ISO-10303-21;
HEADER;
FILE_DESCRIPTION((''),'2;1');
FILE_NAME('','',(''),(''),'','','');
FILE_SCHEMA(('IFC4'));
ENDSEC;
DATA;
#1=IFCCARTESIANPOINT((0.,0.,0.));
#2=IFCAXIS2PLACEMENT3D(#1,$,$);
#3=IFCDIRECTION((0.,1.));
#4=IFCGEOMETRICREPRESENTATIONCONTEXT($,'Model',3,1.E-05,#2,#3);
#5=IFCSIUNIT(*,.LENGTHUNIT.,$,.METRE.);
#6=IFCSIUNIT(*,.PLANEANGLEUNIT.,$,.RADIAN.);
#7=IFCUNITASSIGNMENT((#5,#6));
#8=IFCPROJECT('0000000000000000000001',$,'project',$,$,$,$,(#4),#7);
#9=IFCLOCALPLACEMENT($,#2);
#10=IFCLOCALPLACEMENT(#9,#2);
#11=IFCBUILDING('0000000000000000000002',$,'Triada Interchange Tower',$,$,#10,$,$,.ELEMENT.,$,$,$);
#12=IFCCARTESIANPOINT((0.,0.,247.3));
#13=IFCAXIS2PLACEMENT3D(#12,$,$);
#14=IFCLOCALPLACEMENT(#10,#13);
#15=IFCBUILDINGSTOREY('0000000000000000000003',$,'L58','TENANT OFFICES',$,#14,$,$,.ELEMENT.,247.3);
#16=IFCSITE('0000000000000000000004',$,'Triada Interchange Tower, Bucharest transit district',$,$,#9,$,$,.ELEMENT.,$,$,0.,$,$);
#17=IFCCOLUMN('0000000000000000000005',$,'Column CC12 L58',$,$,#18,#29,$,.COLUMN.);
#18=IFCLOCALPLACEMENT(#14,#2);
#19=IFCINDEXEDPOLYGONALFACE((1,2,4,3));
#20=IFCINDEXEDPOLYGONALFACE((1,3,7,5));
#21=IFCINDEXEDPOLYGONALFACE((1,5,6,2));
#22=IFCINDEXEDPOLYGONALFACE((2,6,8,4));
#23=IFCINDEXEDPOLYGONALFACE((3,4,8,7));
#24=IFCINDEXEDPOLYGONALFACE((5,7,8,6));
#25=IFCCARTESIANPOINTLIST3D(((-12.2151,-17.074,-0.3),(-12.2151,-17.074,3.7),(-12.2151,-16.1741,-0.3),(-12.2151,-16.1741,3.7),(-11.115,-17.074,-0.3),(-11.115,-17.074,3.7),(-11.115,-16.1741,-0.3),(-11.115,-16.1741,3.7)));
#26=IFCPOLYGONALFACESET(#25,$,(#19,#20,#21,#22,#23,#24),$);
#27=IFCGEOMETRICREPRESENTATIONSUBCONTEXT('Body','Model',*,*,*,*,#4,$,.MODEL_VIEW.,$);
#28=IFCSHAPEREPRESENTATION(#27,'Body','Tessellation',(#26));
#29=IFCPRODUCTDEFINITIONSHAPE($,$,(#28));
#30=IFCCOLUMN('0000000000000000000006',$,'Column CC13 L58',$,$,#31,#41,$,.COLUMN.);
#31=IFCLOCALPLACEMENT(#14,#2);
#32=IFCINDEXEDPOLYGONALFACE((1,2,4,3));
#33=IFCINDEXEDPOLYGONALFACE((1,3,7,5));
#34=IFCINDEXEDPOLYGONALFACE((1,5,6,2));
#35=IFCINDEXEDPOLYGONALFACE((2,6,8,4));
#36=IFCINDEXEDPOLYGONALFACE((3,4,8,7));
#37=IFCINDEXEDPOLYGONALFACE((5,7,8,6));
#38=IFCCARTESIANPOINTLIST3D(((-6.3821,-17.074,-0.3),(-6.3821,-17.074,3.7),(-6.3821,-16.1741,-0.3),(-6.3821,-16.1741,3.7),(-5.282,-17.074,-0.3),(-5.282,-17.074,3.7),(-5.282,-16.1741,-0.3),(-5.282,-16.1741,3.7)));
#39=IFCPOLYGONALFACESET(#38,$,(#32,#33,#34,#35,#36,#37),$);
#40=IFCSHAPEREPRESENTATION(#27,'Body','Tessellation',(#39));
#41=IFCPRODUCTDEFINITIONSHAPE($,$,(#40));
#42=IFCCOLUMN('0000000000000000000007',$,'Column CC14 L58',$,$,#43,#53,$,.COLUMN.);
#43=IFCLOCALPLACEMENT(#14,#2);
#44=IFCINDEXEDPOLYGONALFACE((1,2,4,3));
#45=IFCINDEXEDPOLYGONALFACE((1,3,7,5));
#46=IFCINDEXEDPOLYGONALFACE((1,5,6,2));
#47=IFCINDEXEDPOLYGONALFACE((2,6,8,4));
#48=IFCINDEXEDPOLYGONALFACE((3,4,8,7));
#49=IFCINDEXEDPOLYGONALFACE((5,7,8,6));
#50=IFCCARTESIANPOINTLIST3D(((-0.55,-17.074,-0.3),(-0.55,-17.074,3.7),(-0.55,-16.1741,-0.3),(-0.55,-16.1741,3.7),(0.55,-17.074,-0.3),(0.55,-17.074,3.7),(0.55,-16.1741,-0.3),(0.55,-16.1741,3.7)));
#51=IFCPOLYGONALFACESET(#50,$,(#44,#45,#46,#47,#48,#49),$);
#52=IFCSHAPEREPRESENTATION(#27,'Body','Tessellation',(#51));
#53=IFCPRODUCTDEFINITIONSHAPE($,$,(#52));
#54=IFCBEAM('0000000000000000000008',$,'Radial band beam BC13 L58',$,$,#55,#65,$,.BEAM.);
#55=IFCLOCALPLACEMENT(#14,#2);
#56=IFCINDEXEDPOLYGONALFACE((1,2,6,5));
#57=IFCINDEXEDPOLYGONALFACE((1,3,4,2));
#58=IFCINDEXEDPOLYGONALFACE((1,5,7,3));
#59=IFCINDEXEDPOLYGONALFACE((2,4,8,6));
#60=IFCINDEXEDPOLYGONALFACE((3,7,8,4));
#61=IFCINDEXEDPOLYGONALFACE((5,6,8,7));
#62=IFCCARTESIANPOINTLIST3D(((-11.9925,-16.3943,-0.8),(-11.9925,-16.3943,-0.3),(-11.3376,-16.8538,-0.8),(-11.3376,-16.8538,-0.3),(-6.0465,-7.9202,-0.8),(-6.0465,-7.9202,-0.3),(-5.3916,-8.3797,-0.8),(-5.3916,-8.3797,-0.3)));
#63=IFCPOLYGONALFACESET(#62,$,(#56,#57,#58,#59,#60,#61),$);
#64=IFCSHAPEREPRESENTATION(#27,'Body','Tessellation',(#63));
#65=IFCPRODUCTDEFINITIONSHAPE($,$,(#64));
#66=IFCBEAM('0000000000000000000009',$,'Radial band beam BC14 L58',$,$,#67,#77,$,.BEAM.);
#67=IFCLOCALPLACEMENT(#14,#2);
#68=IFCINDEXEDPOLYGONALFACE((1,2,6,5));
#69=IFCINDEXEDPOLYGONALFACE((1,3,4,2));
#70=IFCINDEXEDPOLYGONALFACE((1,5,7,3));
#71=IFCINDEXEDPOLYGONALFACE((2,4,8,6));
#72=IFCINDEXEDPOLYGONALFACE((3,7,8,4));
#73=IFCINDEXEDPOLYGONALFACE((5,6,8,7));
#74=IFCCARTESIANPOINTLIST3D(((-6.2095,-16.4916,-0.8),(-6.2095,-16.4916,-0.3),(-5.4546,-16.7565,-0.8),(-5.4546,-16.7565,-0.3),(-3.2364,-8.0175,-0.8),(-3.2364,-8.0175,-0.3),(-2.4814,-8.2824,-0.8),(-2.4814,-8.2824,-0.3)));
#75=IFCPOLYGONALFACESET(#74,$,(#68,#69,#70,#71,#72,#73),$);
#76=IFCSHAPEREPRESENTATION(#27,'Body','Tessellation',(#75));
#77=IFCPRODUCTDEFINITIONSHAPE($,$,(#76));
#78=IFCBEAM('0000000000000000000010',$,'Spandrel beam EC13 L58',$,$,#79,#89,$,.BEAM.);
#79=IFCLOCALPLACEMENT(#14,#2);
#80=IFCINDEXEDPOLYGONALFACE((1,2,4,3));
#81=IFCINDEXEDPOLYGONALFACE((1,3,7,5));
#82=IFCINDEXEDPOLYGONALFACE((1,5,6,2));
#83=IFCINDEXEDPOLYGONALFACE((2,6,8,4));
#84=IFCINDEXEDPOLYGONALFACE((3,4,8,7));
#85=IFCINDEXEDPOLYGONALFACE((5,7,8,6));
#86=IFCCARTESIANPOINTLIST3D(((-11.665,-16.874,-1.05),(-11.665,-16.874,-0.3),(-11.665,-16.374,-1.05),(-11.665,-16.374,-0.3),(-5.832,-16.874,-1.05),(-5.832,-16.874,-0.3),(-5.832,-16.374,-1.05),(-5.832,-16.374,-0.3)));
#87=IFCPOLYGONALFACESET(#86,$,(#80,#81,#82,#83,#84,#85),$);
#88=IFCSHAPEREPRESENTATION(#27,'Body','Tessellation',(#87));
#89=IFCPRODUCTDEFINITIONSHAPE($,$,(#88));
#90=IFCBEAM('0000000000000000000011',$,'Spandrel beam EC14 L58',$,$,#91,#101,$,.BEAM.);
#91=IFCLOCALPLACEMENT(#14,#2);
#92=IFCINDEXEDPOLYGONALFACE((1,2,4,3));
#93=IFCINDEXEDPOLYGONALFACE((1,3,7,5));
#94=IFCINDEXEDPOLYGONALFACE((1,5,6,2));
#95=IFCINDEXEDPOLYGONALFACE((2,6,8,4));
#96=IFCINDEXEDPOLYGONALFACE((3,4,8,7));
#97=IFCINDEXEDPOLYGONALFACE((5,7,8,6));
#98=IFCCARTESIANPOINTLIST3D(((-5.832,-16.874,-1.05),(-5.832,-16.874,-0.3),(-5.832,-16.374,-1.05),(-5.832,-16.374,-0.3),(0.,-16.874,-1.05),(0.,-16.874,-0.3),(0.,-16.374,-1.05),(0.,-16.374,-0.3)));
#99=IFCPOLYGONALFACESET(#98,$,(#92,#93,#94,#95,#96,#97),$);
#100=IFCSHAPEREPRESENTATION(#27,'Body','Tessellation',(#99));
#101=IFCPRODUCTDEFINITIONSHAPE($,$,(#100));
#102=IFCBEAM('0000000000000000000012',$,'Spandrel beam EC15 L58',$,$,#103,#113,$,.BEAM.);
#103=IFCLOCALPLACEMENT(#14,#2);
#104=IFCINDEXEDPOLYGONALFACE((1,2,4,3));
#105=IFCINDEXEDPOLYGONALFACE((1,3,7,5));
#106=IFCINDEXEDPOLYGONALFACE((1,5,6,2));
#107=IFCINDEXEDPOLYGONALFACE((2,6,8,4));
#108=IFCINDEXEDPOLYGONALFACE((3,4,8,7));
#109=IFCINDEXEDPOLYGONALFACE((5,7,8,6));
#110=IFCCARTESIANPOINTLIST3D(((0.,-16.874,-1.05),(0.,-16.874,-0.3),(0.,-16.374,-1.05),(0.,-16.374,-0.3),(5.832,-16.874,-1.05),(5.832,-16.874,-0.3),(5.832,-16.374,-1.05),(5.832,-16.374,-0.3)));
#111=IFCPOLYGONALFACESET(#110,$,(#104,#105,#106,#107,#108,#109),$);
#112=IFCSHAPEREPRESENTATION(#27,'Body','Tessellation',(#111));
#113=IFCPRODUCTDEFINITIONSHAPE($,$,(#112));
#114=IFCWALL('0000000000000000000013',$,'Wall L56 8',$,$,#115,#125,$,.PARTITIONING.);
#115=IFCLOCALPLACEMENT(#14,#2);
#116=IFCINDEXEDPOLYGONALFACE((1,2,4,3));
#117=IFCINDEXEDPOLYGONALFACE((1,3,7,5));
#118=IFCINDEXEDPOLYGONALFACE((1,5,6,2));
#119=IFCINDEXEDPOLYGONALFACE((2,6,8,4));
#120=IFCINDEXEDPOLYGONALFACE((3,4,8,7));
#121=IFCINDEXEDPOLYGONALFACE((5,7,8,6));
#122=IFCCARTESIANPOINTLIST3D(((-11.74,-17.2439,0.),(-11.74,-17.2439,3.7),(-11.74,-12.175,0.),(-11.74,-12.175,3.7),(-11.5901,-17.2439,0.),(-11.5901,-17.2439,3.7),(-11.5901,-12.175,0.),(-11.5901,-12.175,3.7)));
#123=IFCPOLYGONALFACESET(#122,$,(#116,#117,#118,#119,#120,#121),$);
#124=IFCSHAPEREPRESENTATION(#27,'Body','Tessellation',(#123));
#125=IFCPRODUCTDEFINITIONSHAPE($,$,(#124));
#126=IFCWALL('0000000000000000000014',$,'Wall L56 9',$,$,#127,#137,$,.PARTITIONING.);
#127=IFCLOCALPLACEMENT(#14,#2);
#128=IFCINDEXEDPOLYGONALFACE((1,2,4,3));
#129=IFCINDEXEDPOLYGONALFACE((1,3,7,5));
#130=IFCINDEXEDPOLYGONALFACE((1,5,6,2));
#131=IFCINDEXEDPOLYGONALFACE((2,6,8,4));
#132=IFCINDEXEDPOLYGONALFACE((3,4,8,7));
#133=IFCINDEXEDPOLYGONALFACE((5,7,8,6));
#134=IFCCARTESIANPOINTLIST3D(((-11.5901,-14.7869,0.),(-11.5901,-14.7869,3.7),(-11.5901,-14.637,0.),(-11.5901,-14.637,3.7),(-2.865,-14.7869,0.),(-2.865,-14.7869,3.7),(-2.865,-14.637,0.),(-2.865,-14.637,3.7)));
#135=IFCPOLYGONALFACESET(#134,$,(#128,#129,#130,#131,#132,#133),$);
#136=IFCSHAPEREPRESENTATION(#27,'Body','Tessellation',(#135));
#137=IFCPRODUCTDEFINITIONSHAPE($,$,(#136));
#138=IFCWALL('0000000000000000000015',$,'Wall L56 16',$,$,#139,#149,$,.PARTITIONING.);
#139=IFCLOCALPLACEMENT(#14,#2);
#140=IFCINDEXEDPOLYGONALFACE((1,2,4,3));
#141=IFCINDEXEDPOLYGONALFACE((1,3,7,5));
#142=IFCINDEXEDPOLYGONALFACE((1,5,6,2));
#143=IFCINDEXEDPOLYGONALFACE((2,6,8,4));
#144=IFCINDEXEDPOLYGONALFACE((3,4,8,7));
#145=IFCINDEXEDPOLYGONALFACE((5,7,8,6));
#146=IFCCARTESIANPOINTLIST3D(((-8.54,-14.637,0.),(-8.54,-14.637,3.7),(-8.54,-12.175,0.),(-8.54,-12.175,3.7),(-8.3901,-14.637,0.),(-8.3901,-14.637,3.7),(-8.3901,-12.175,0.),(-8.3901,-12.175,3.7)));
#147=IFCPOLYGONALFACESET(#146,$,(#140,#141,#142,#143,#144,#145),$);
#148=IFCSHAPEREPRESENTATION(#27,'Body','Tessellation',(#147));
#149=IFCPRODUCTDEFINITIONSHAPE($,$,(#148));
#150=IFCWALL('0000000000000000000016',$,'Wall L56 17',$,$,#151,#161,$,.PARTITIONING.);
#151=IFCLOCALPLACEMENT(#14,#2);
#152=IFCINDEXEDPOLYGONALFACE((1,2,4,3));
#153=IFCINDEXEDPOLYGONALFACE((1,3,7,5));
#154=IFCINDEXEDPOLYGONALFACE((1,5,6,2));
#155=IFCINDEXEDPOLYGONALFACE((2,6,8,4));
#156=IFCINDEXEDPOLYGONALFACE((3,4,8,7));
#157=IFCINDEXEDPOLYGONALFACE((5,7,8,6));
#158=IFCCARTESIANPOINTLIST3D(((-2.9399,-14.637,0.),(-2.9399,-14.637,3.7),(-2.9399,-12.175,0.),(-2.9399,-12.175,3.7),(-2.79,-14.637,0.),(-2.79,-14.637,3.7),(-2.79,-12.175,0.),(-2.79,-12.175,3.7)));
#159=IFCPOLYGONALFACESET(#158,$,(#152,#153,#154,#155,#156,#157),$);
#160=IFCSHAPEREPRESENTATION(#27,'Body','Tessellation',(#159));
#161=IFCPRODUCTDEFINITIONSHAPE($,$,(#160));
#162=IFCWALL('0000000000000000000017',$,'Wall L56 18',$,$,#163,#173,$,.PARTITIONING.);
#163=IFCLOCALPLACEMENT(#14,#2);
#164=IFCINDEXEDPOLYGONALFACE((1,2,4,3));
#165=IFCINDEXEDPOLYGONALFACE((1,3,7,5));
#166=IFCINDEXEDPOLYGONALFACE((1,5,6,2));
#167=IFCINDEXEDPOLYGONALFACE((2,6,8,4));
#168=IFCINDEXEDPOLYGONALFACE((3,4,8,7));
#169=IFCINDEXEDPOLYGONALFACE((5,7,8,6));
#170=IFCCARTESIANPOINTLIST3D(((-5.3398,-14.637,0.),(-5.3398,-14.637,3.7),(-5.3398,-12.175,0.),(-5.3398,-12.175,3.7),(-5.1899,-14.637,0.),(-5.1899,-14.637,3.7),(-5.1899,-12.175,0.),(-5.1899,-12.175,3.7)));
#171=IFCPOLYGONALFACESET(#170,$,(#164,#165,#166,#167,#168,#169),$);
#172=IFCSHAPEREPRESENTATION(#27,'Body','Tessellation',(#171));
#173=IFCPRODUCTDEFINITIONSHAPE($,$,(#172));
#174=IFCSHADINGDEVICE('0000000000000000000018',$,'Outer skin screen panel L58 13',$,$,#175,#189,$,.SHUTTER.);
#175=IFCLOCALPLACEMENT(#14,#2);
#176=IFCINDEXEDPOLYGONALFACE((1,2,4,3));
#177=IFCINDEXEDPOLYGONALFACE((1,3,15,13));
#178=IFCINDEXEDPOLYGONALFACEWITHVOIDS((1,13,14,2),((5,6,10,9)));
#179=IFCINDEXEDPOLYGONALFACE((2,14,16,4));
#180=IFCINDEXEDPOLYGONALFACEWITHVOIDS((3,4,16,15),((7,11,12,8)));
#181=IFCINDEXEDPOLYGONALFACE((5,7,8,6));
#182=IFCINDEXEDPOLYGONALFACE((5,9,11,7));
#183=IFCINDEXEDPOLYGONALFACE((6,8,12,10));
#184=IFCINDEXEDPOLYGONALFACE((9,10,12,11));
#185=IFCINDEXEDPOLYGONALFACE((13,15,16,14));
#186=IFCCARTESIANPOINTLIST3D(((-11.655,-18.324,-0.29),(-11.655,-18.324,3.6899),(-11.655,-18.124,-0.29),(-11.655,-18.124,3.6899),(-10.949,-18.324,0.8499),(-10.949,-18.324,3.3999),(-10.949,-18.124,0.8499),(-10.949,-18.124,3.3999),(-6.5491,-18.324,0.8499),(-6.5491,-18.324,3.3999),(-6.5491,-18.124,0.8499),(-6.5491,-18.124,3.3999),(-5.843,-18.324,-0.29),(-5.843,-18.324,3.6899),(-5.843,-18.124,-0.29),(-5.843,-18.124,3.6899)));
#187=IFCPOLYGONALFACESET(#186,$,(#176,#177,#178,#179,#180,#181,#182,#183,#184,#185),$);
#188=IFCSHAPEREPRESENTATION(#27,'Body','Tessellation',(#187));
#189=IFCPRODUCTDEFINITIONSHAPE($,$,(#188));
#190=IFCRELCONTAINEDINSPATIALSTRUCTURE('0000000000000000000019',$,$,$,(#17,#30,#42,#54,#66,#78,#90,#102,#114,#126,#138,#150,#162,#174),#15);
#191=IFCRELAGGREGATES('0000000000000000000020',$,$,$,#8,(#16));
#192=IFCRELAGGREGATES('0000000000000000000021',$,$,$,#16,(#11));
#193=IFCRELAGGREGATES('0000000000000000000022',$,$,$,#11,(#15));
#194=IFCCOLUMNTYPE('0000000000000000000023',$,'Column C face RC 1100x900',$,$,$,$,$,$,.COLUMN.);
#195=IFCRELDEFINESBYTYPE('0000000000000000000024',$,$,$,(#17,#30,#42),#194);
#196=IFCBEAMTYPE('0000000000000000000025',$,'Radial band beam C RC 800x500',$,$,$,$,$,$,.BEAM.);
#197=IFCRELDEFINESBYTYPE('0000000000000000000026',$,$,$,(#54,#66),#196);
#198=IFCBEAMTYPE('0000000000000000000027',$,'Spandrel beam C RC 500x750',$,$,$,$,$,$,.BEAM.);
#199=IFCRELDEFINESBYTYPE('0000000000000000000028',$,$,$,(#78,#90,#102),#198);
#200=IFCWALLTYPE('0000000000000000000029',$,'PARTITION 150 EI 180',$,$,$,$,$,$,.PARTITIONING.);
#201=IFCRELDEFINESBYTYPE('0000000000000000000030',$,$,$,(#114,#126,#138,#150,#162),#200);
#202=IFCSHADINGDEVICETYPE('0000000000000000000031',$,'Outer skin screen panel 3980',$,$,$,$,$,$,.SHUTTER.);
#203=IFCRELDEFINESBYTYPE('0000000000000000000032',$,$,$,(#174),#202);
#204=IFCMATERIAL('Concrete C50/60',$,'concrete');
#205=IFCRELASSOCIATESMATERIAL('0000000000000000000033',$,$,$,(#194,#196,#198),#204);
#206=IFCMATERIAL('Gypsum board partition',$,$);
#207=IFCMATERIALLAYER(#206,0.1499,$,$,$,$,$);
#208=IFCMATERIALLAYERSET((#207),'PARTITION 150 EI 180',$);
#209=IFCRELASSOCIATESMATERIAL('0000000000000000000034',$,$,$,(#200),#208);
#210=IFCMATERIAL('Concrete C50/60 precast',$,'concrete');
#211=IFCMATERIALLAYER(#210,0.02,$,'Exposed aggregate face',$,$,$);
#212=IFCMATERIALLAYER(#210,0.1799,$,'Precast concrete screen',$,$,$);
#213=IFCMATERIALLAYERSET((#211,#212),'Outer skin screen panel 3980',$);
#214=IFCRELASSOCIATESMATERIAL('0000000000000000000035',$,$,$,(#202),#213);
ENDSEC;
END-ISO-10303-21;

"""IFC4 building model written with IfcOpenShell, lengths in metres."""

from ifc_helpers import new_model, si_unit, direction, frame, frame_2d, origin, origin_2d, place, context, subcontext, project, spatial, polyline, rectangle, outline, extrude, material, layer, layer_set, material_profile, profile_set, type_object, element, save


model = new_model("IFC4")

# Units and contexts
model_context = context("Model", 3, precision=1e-05, world=origin(), true_north=direction((0.0, 1.0)))
body_context = subcontext(model_context, "Body", "Model", "MODEL_VIEW")
ifc_project = project(units=[si_unit("LENGTHUNIT", "METRE"), si_unit("PLANEANGLEUNIT", "RADIAN")], contexts=[model_context])

# Site, building, storey
site_placement = place(None, origin())
site = spatial("IfcSite", under=ifc_project, at=site_placement, Name="Triada Interchange Tower, Bucharest transit district", CompositionType="ELEMENT", RefElevation=0.0)
building_placement = place(site_placement, origin())
building = spatial("IfcBuilding", under=site, at=building_placement, Name="Triada Interchange Tower", CompositionType="ELEMENT")
storey_placement = place(building_placement, frame((0.0, 0.0, 247.3)))
storey = spatial("IfcBuildingStorey", under=building, at=storey_placement, Name="L58", Description="TENANT OFFICES", CompositionType="ELEMENT", Elevation=247.3)

# Columns
ifc_material_1 = material(Name="Concrete C50/60", Category="concrete")
ifc_material_profile_1 = material_profile(ifc_material_1, rectangle(XDim=1.1001, YDim=0.8999, at=origin_2d()), Name="RC 1100x900")
ifc_profile_set_1 = profile_set([ifc_material_profile_1], Name="Concrete C50/60")
column_type = type_object("IfcColumnType", Name="Column C face RC 1100x900", PredefinedType="COLUMN", material=ifc_profile_set_1)
for number, where, z_axis, x_axis, name in (
    (1, (-11.665, -16.624, -0.3), (0.0, 0.0, 1.0), (1.0, 0.0, 0.0), "Column CC12 L58"),
    (2, (-5.832, -16.624, -0.3), (0.0, 0.0, 1.0), (1.0, 0.0, 0.0), "Column CC13 L58"),
    (3, (0.0, -16.624, -0.3), (0.0, 0.0, 1.0), (1.0, 0.0, 0.0), "Column CC14 L58"),
):
    element("IfcColumn", number, at=place(storey_placement, frame(where, z_axis=z_axis, x_axis=x_axis)), inside=storey, type_object=column_type, Name=name, PredefinedType="COLUMN", context=body_context, shape_type="SweptSolid", body=[
        extrude(rectangle(XDim=1.1001, YDim=0.8999, at=origin_2d()), origin(), (0.0, 0.0, 1.0), 4.0),
    ])

# Beams
ifc_material_profile_2 = material_profile(ifc_material_1, rectangle(XDim=0.8, YDim=0.5, at=origin_2d()), Name="RC 800x500")
ifc_profile_set_2 = profile_set([ifc_material_profile_2], Name="Concrete C50/60")
beam_type_1 = type_object("IfcBeamType", Name="Radial band beam C RC 800x500", PredefinedType="BEAM", material=ifc_profile_set_2)
beam_1_placement = place(storey_placement, frame((-11.665, -16.624, -0.55), z_axis=(0.57438, 0.818589, 0.0), x_axis=(-0.818589, 0.57438, 0.0)))
element("IfcBeam", 4, at=beam_1_placement, inside=storey, type_object=beam_type_1, Name="Radial band beam BC13 L58", PredefinedType="BEAM", context=body_context, shape_type="SweptSolid", body=[
    extrude(rectangle(XDim=0.8, YDim=0.5, at=origin_2d()), origin(), (0.0, 0.0, 1.0), 10.3521),
])
beam_2_placement = place(storey_placement, frame((-5.832, -16.624, -0.55), z_axis=(0.331065, 0.943608, 0.0), x_axis=(-0.943608, 0.331065, 0.0)))
element("IfcBeam", 5, at=beam_2_placement, inside=storey, type_object=beam_type_1, Name="Radial band beam BC14 L58", PredefinedType="BEAM", context=body_context, shape_type="SweptSolid", body=[
    extrude(rectangle(XDim=0.8, YDim=0.5, at=origin_2d()), origin(), (0.0, 0.0, 1.0), 8.9805),
])
ifc_material_profile_3 = material_profile(ifc_material_1, rectangle(XDim=0.5, YDim=0.75, at=origin_2d()), Name="RC 500x750")
ifc_profile_set_3 = profile_set([ifc_material_profile_3], Name="Concrete C50/60")
beam_type_2 = type_object("IfcBeamType", Name="Spandrel beam C RC 500x750", PredefinedType="BEAM", material=ifc_profile_set_3)
beam_3_placement = place(storey_placement, frame((-11.665, -16.624, -0.675), z_axis=(1.0, 0.0, 0.0), x_axis=(0.0, 1.0, 0.0)))
element("IfcBeam", 6, at=beam_3_placement, inside=storey, type_object=beam_type_2, Name="Spandrel beam EC13 L58", PredefinedType="BEAM", context=body_context, shape_type="SweptSolid", body=[
    extrude(rectangle(XDim=0.5, YDim=0.75, at=origin_2d()), origin(), (0.0, 0.0, 1.0), 5.833),
])
for number, where, z_axis, x_axis, name in (
    (7, (-5.832, -16.624, -0.675), (1.0, 0.0, 0.0), (0.0, 1.0, 0.0), "Spandrel beam EC14 L58"),
    (8, (0.0, -16.624, -0.675), (1.0, 0.0, 0.0), (0.0, 1.0, 0.0), "Spandrel beam EC15 L58"),
):
    element("IfcBeam", number, at=place(storey_placement, frame(where, z_axis=z_axis, x_axis=x_axis)), inside=storey, type_object=beam_type_2, Name=name, PredefinedType="BEAM", context=body_context, shape_type="SweptSolid", body=[
        extrude(rectangle(XDim=0.5, YDim=0.75, at=origin_2d()), origin(), (0.0, 0.0, 1.0), 5.832),
    ])

# Walls
ifc_material_2 = material(Name="Gypsum board partition")
ifc_layer_1 = layer(ifc_material_2, 0.1499)
ifc_layer_set_1 = layer_set([ifc_layer_1], Name="PARTITION 150 EI 180")
wall_type = type_object("IfcWallType", Name="PARTITION 150 EI 180", PredefinedType="PARTITIONING", material=ifc_layer_set_1)
wall_1_placement = place(storey_placement, frame((-11.665, -17.2439, 0.0), z_axis=(0.0, 0.0, 1.0), x_axis=(0.0, 1.0, 0.0)))
element("IfcWall", 9, at=wall_1_placement, inside=storey, type_object=wall_type, Name="Wall L56 8", PredefinedType="PARTITIONING", context=body_context, shape_type="SweptSolid", body=[
    extrude(rectangle(XDim=5.0688, YDim=0.1499, at=frame_2d((2.5344, 0.0))), origin(), (0.0, 0.0, 1.0), 3.7),
])
wall_2_placement = place(storey_placement, frame((-11.5901, -14.7119, 0.0), z_axis=(0.0, 0.0, 1.0), x_axis=(1.0, 0.0, 0.0)))
element("IfcWall", 10, at=wall_2_placement, inside=storey, type_object=wall_type, Name="Wall L56 9", PredefinedType="PARTITIONING", context=body_context, shape_type="SweptSolid", body=[
    extrude(rectangle(XDim=8.7251, YDim=0.1499, at=frame_2d((4.3625, 0.0))), origin(), (0.0, 0.0, 1.0), 3.7),
])
for number, where, z_axis, x_axis, name in (
    (11, (-8.4651, -14.637, 0.0), (0.0, 0.0, 1.0), (0.0, 1.0, 0.0), "Wall L56 16"),
    (12, (-2.865, -14.637, 0.0), (0.0, 0.0, 1.0), (0.0, 1.0, 0.0), "Wall L56 17"),
    (13, (-5.2649, -14.637, 0.0), (0.0, 0.0, 1.0), (0.0, 1.0, 0.0), "Wall L56 18"),
):
    element("IfcWall", number, at=place(storey_placement, frame(where, z_axis=z_axis, x_axis=x_axis)), inside=storey, type_object=wall_type, Name=name, PredefinedType="PARTITIONING", context=body_context, shape_type="SweptSolid", body=[
        extrude(rectangle(XDim=2.4619, YDim=0.1499, at=frame_2d((1.231, 0.0))), origin(), (0.0, 0.0, 1.0), 3.7),
    ])

# Shading device
ifc_material_3 = material(Name="Concrete C50/60 precast", Category="concrete")
ifc_layer_2 = layer(ifc_material_3, 0.02, Name="Exposed aggregate face")
ifc_layer_3 = layer(ifc_material_3, 0.1799, Name="Precast concrete screen")
ifc_layer_set_2 = layer_set([ifc_layer_2, ifc_layer_3], Name="Outer skin screen panel 3980")
shading_device_type = type_object("IfcShadingDeviceType", Name="Outer skin screen panel 3980", PredefinedType="SHUTTER", material=ifc_layer_set_2)
shading_device_1_placement = place(storey_placement, frame((-11.655, -18.124, -0.29), z_axis=(0.0, 0.0, 1.0), x_axis=(1.0, 0.0, 0.0)))
element("IfcShadingDevice", 14, at=shading_device_1_placement, inside=storey, type_object=shading_device_type, Name="Outer skin screen panel L58 13", PredefinedType="SHUTTER", context=body_context, shape_type="SweptSolid", body=[
    extrude(outline(polyline([(0.0, 0.0), (5.812, 0.0), (5.812, 3.98), (0.0, 3.98), (0.0, 0.0)]), holes=[polyline([(0.7061, 1.1399), (0.7061, 3.6899), (5.106, 3.6899), (5.106, 1.1399), (0.7061, 1.1399)])]), frame((0.0, 0.0, 0.0), z_axis=(0.0, -1.0, 0.0), x_axis=(1.0, 0.0, 0.0)), (0.0, 0.0, 1.0), 0.2),
])

save(model, "model.ifc")
